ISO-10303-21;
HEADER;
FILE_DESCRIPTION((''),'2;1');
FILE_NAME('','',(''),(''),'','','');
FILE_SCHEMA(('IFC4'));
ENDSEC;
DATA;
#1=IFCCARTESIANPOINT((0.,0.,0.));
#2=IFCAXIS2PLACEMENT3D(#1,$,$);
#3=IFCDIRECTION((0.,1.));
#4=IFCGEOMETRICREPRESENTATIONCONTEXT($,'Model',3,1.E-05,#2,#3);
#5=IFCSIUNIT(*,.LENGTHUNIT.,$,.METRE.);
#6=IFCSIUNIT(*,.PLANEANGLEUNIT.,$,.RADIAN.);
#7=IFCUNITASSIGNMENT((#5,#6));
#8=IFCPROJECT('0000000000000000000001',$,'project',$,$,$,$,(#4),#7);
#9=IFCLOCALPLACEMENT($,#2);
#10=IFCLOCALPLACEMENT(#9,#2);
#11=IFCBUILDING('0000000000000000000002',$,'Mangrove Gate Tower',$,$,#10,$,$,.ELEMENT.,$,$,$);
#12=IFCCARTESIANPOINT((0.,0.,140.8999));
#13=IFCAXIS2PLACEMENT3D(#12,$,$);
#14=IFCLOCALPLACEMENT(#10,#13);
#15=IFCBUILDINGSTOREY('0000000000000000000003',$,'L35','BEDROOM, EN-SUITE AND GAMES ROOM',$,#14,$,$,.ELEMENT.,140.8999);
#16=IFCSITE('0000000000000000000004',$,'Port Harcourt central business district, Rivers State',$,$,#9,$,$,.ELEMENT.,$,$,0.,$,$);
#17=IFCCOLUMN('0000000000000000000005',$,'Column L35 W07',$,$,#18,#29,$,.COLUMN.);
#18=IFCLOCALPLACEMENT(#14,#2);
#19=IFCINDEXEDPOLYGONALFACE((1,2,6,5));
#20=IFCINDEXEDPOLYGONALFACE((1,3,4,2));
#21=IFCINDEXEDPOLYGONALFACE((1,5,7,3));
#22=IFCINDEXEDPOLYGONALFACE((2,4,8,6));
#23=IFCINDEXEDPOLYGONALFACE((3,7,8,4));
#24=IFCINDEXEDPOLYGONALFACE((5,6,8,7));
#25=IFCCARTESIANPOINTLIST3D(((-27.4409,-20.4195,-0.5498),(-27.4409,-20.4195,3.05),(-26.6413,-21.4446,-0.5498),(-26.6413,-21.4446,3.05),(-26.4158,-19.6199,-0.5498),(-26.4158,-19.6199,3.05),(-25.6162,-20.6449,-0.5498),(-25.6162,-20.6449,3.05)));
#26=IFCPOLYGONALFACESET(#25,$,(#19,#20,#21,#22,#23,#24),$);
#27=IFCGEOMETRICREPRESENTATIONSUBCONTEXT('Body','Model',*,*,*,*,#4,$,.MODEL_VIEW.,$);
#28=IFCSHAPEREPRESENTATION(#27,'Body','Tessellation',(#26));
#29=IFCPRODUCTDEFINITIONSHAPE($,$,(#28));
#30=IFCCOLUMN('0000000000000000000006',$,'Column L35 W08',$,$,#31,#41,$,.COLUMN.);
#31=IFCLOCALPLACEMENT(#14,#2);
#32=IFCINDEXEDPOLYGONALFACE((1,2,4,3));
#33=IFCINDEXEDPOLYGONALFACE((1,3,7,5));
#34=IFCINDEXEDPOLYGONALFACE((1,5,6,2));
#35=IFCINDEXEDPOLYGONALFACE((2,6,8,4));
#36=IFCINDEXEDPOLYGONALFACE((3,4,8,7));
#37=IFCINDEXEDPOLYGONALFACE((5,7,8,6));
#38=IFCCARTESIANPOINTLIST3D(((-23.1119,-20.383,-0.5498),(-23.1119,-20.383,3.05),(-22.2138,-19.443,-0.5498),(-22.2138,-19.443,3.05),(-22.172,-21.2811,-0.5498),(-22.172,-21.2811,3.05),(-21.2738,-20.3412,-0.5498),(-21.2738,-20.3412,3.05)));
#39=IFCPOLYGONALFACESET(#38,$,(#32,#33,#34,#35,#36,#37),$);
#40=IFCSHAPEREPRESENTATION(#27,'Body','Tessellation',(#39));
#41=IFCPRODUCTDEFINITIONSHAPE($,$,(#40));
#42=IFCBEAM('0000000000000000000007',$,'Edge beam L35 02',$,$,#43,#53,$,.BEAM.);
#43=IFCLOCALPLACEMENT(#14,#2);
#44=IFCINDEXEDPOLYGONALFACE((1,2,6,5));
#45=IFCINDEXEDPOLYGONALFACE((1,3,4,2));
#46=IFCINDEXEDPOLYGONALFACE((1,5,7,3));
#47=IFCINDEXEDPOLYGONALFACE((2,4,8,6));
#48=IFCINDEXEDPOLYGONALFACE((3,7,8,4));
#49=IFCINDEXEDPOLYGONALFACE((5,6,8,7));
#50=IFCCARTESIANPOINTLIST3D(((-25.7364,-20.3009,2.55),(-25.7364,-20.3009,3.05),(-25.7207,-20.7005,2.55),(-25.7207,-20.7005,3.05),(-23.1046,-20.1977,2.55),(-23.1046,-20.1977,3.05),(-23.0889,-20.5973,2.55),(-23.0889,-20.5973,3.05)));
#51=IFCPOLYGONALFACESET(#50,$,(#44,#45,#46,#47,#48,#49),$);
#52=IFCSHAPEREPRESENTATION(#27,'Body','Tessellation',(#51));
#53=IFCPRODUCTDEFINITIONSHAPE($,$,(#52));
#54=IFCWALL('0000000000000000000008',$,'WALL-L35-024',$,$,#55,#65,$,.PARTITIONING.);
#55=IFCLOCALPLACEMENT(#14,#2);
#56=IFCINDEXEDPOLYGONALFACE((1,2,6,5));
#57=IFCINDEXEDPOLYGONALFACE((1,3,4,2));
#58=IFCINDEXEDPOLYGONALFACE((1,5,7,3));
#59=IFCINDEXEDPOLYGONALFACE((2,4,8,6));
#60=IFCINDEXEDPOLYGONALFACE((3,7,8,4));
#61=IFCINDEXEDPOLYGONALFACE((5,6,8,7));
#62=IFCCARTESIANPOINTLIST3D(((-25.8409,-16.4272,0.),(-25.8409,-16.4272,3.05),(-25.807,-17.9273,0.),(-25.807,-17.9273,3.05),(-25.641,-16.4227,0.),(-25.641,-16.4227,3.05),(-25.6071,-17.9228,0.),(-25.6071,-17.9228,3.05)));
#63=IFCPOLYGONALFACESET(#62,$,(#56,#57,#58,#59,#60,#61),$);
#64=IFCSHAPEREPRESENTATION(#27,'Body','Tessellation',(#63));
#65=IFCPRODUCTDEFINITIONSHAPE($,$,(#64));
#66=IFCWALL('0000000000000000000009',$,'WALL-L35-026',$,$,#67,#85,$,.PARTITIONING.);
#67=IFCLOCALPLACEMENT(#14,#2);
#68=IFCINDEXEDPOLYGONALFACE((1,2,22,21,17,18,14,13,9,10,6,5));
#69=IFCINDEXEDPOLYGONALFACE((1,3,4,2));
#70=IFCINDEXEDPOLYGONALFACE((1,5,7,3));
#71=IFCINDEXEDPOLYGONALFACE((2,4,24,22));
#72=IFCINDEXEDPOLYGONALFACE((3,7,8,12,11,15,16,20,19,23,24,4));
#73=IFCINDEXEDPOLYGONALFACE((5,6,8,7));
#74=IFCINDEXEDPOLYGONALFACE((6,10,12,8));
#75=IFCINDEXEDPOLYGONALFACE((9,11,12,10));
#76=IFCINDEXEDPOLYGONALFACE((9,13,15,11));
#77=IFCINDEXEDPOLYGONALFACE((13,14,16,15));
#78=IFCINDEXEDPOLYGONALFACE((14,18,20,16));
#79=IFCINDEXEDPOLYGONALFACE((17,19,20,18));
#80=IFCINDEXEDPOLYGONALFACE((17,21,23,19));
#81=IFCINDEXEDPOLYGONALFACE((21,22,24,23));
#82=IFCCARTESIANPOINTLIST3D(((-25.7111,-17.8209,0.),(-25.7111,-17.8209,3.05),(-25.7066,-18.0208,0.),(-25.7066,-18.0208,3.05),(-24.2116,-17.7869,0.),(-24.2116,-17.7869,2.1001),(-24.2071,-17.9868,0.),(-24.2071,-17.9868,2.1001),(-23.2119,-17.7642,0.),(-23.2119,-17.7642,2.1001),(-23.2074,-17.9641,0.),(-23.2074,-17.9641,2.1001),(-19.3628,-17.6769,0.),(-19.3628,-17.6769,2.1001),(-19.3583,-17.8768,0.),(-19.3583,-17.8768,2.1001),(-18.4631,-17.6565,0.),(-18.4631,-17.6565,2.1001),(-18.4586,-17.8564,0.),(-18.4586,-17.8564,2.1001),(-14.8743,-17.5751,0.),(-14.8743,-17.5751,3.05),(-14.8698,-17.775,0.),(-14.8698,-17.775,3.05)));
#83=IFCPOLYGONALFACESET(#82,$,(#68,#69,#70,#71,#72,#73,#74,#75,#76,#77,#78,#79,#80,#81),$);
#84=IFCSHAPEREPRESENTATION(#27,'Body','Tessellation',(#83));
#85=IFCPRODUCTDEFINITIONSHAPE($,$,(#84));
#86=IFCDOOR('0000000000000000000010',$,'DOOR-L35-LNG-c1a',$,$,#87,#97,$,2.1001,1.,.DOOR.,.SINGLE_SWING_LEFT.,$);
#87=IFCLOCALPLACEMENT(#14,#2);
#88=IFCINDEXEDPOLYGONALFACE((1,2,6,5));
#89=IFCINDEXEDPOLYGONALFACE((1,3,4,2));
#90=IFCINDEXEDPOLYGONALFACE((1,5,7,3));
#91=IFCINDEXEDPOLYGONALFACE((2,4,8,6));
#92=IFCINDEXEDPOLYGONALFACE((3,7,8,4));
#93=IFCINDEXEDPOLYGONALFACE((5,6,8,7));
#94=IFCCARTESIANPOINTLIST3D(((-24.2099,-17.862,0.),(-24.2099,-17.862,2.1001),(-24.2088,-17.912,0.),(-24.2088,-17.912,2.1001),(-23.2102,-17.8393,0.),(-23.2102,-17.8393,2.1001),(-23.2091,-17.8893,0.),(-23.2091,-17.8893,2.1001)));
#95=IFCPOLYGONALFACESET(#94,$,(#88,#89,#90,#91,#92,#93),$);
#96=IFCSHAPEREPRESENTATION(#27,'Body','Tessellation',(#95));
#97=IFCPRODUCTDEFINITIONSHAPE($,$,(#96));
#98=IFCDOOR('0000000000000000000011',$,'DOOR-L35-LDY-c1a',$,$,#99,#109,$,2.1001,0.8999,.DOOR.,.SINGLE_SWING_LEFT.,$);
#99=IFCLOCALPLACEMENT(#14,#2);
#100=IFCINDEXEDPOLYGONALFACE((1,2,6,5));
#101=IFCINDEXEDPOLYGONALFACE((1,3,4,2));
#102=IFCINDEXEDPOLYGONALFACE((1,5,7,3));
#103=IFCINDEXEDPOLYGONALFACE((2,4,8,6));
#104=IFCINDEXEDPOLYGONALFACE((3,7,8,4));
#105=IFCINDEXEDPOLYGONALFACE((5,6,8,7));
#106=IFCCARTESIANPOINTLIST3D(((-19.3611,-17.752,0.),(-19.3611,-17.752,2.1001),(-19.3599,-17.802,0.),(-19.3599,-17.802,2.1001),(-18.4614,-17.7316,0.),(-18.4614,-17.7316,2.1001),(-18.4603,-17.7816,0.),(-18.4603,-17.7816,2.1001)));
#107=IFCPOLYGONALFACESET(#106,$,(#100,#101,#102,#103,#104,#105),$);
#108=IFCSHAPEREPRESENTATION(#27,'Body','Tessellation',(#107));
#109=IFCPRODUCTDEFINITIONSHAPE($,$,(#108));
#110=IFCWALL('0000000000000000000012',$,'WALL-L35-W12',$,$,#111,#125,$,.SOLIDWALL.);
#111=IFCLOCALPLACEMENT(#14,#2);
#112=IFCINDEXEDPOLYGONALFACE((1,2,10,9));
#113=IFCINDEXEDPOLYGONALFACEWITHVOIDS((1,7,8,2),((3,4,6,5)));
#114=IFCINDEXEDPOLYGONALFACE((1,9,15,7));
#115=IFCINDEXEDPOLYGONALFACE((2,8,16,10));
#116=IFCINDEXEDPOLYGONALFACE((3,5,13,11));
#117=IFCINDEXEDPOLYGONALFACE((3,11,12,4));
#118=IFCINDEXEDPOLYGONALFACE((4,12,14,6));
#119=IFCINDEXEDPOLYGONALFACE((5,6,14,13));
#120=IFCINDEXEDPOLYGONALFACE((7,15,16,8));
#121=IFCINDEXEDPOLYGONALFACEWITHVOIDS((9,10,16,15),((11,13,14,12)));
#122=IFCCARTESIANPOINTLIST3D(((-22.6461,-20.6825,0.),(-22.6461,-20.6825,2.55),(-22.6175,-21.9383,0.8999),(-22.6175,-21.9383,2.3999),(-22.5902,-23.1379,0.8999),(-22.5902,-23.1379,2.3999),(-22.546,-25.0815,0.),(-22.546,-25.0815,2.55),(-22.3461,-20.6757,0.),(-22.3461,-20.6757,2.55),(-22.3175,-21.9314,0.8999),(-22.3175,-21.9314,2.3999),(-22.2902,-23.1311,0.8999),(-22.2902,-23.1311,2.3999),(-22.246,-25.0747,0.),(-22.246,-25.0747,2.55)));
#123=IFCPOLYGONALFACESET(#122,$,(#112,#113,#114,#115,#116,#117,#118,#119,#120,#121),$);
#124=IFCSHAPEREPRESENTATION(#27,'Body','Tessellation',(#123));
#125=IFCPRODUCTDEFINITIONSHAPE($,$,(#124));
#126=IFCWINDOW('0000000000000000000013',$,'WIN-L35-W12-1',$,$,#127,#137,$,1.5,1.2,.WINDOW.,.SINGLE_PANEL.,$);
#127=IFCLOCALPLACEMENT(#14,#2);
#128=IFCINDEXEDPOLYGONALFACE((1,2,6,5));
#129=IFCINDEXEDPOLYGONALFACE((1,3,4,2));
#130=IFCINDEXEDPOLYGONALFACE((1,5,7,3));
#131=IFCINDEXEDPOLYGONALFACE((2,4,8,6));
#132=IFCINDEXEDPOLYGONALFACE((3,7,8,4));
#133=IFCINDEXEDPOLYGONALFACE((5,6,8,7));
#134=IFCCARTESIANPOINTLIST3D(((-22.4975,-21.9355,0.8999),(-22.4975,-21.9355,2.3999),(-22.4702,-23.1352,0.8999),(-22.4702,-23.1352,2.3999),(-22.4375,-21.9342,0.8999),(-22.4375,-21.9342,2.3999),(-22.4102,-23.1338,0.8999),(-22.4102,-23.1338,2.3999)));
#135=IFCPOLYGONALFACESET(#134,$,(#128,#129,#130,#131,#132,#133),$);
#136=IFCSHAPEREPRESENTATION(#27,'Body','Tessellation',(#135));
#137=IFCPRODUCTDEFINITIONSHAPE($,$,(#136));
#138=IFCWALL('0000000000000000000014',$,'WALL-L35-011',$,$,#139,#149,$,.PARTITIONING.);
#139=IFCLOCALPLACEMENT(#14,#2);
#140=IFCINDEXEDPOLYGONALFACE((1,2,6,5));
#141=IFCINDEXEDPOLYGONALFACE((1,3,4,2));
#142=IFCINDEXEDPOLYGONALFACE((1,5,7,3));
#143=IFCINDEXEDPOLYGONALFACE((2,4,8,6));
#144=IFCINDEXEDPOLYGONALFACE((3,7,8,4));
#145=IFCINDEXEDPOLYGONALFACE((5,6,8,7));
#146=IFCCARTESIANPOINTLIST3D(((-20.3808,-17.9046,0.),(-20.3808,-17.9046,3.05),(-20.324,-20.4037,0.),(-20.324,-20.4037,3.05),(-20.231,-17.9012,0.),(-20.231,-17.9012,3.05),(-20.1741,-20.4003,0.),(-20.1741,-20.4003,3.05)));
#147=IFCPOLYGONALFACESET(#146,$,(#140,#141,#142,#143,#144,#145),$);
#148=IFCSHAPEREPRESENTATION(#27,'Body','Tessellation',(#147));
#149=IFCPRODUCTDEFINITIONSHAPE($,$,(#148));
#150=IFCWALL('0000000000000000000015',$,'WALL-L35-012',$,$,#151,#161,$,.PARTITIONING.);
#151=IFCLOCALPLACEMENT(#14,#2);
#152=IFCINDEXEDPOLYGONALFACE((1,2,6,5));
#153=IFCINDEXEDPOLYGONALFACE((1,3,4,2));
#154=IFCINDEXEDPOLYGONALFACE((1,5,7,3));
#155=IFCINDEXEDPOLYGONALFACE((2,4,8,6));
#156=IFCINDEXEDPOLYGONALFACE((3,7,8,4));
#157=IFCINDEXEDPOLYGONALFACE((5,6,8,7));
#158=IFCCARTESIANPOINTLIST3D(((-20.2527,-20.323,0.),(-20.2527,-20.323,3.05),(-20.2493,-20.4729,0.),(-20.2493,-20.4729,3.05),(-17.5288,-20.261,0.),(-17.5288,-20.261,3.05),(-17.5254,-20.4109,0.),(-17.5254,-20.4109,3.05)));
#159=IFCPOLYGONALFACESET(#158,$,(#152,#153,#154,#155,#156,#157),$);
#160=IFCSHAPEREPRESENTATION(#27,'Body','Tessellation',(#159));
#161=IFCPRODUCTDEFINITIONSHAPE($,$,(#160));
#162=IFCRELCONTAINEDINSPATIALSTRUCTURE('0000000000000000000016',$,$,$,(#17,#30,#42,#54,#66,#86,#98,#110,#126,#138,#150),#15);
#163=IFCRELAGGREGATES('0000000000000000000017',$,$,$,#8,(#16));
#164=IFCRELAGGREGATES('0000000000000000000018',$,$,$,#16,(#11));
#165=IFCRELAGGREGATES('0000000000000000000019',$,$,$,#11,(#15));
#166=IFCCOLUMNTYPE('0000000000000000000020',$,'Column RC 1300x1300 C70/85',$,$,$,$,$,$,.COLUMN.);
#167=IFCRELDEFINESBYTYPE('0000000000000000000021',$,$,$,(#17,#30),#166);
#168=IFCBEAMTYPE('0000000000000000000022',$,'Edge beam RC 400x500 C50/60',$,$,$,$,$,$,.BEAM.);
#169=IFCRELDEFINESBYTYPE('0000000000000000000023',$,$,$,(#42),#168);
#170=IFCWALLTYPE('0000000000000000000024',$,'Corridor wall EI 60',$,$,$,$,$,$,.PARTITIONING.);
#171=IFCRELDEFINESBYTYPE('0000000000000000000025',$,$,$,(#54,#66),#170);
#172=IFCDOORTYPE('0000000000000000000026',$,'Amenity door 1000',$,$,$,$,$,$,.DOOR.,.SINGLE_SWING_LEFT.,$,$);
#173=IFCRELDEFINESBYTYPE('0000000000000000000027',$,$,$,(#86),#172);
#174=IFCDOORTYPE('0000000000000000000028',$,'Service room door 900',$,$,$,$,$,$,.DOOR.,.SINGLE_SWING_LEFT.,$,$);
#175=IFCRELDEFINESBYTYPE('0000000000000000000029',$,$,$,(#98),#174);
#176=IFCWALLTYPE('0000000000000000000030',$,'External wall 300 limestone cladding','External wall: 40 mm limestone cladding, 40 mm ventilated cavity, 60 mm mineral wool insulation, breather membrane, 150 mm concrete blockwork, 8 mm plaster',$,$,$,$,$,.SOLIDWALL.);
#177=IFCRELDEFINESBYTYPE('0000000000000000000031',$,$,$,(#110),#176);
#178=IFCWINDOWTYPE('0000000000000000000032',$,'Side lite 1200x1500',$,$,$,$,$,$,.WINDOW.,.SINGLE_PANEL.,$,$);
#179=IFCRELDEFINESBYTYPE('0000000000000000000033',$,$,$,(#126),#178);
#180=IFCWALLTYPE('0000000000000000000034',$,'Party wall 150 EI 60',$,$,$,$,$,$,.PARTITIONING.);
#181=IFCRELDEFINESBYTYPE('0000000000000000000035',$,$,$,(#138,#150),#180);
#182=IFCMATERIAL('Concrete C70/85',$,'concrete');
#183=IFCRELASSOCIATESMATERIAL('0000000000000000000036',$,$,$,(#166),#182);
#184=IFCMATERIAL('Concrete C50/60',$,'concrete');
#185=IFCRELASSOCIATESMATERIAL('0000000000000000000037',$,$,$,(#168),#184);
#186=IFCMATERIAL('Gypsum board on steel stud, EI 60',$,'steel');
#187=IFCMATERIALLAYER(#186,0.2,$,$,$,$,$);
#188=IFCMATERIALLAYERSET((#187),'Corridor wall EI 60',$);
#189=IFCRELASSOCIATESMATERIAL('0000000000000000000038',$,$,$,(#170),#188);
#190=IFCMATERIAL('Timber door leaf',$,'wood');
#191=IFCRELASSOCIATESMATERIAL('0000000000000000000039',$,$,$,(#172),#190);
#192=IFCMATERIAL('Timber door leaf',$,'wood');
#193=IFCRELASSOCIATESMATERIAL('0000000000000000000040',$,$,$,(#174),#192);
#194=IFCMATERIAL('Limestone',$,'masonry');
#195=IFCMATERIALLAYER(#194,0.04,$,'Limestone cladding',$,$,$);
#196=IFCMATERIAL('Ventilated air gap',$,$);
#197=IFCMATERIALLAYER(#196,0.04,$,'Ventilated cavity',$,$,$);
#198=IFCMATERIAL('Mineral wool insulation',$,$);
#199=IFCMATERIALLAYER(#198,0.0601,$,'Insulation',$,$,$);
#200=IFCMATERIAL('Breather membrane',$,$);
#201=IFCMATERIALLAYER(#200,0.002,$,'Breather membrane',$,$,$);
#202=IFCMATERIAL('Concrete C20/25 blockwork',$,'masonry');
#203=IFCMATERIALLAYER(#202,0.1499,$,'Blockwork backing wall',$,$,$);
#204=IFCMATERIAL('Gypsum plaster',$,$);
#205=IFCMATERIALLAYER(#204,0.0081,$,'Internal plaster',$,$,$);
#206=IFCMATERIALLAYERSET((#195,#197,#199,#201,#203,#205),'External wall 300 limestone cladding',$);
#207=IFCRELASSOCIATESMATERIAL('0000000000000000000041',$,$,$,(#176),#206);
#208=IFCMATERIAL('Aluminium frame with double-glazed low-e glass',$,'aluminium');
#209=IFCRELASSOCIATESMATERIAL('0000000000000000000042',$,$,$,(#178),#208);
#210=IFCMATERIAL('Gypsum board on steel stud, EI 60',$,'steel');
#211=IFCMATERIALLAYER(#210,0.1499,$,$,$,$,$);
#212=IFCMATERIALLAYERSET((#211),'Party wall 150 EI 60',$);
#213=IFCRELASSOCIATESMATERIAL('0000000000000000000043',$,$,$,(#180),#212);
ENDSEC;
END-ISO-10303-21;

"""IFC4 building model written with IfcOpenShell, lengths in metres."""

from ifc_helpers import new_model, si_unit, direction, frame, frame_2d, origin, origin_2d, place, context, subcontext, project, spatial, rectangle, extrude, material, layer, layer_set, material_profile, profile_set, type_object, element, fill, save


model = new_model("IFC4")

# Units and contexts
model_context = context("Model", 3, precision=1e-05, world=origin(), true_north=direction((0.0, 1.0)))
body_context = subcontext(model_context, "Body", "Model", "MODEL_VIEW")
ifc_project = project(units=[si_unit("LENGTHUNIT", "METRE"), si_unit("PLANEANGLEUNIT", "RADIAN")], contexts=[model_context])

# Site, building, storey
site_placement = place(None, origin())
site = spatial("IfcSite", under=ifc_project, at=site_placement, Name="Port Harcourt central business district, Rivers State", CompositionType="ELEMENT", RefElevation=0.0)
building_placement = place(site_placement, origin())
building = spatial("IfcBuilding", under=site, at=building_placement, Name="Mangrove Gate Tower", CompositionType="ELEMENT")
storey_placement = place(building_placement, frame((0.0, 0.0, 140.8999)))
storey = spatial("IfcBuildingStorey", under=building, at=storey_placement, Name="L35", Description="BEDROOM, EN-SUITE AND GAMES ROOM", CompositionType="ELEMENT", Elevation=140.8999)

# Columns
ifc_material_1 = material(Name="Concrete C70/85", Category="concrete")
ifc_material_profile_1 = material_profile(ifc_material_1, rectangle(XDim=1.3, YDim=1.3, at=origin_2d()))
ifc_profile_set_1 = profile_set([ifc_material_profile_1], Name="Concrete C70/85")
column_type = type_object("IfcColumnType", Name="Column RC 1300x1300 C70/85", PredefinedType="COLUMN", material=ifc_profile_set_1)
for number, where, z_axis, x_axis, name in (
    (1, (-26.5286, -20.5322, -0.5498), (0.0, 0.0, 1.0), (0.615067, -0.788475, 0.0), "Column L35 W07"),
    (2, (-22.1929, -20.3621, -0.5498), (0.0, 0.0, 1.0), (0.722994, -0.690854, 0.0), "Column L35 W08"),
):
    element("IfcColumn", number, at=place(storey_placement, frame(where, z_axis=z_axis, x_axis=x_axis)), inside=storey, type_object=column_type, Name=name, PredefinedType="COLUMN", context=body_context, shape_type="SweptSolid", body=[
        extrude(rectangle(XDim=1.3, YDim=1.3, at=origin_2d()), origin(), (0.0, 0.0, 1.0), 3.5999),
    ])

# Beam
ifc_material_2 = material(Name="Concrete C50/60", Category="concrete")
ifc_material_profile_2 = material_profile(ifc_material_2, rectangle(XDim=0.3999, YDim=0.5, at=origin_2d()))
ifc_profile_set_2 = profile_set([ifc_material_profile_2], Name="Concrete C50/60")
beam_type = type_object("IfcBeamType", Name="Edge beam RC 400x500 C50/60", PredefinedType="BEAM", material=ifc_profile_set_2)
beam_placement = place(storey_placement, frame((-25.7285, -20.5007, 2.8), z_axis=(0.999231, 0.039209, 0.0), x_axis=(-0.039209, 0.999231, 0.0)))
element("IfcBeam", 3, at=beam_placement, inside=storey, type_object=beam_type, Name="Edge beam L35 02", PredefinedType="BEAM", context=body_context, shape_type="SweptSolid", body=[
    extrude(rectangle(XDim=0.3999, YDim=0.5, at=origin_2d()), origin(), (0.0, 0.0, 1.0), 2.6338),
])

# Wall
ifc_material_3 = material(Name="Gypsum board on steel stud, EI 60", Category="steel")
ifc_layer_1 = layer(ifc_material_3, 0.2)
ifc_layer_set_1 = layer_set([ifc_layer_1], Name="Corridor wall EI 60")
wall_type_1 = type_object("IfcWallType", Name="Corridor wall EI 60", PredefinedType="PARTITIONING", material=ifc_layer_set_1)
wall_1_placement = place(storey_placement, frame((-25.707, -17.925, 0.0), z_axis=(0.0, 0.0, 1.0), x_axis=(-0.022618, 0.999744, 0.0)))
element("IfcWall", 4, at=wall_1_placement, inside=storey, type_object=wall_type_1, Name="WALL-L35-024", PredefinedType="PARTITIONING", context=body_context, shape_type="SweptSolid", body=[
    extrude(rectangle(XDim=1.5005, YDim=0.2, at=frame_2d((0.7502, 0.0))), origin(), (0.0, 0.0, 1.0), 3.05),
])

# Wall, openings, doors
wall_2_placement = place(storey_placement, frame((-25.709, -17.9209, 0.0), z_axis=(0.0, 0.0, 1.0), x_axis=(0.999743, 0.02268, 0.0)))
wall_2 = element("IfcWall", 5, at=wall_2_placement, inside=storey, type_object=wall_type_1, Name="WALL-L35-026", PredefinedType="PARTITIONING", context=body_context, shape_type="SweptSolid", body=[
    extrude(rectangle(XDim=10.8396, YDim=0.2, at=frame_2d((5.4199, 0.0))), origin(), (0.0, 0.0, 1.0), 3.05),
])
opening_1_placement = place(wall_2_placement, frame((1.5, 0.0, 0.0)))
opening_1 = element("IfcOpeningElement", 6, at=opening_1_placement, cuts=wall_2, PredefinedType="OPENING", context=body_context, shape_type="SweptSolid", body=[
    extrude(rectangle(XDim=1.0, YDim=2.1001, at=frame_2d((0.5, 1.05))), frame((0.0, 0.1099, 0.0), z_axis=(0.0, -1.0, 0.0), x_axis=(1.0, 0.0, 0.0)), (0.0, 0.0, 1.0), 0.22),
])
opening_2_placement = place(wall_2_placement, frame((6.3501, 0.0, 0.0)))
opening_2 = element("IfcOpeningElement", 7, at=opening_2_placement, cuts=wall_2, PredefinedType="OPENING", context=body_context, shape_type="SweptSolid", body=[
    extrude(rectangle(XDim=0.8999, YDim=2.1001, at=frame_2d((0.45, 1.05))), frame((0.0, 0.1099, 0.0), z_axis=(0.0, -1.0, 0.0), x_axis=(1.0, 0.0, 0.0)), (0.0, 0.0, 1.0), 0.22),
])
ifc_material_4 = material(Name="Timber door leaf", Category="wood")
door_type_1 = type_object("IfcDoorType", Name="Amenity door 1000", OperationType="SINGLE_SWING_LEFT", PredefinedType="DOOR", material=ifc_material_4)
door_1_placement = place(opening_1_placement, origin())
door_1 = element("IfcDoor", 8, at=door_1_placement, inside=storey, type_object=door_type_1, Name="DOOR-L35-LNG-c1a", OperationType="SINGLE_SWING_LEFT", OverallHeight=2.1001, OverallWidth=1.0, PredefinedType="DOOR", context=body_context, shape_type="SweptSolid", body=[
    extrude(rectangle(XDim=1.0, YDim=2.1001, at=frame_2d((0.5, 1.05))), frame((0.0, 0.0249, 0.0), z_axis=(0.0, -1.0, 0.0), x_axis=(1.0, 0.0, 0.0)), (0.0, 0.0, 1.0), 0.05),
])
fill(opening_1, door_1)
ifc_material_5 = material(Name="Timber door leaf", Category="wood")
door_type_2 = type_object("IfcDoorType", Name="Service room door 900", OperationType="SINGLE_SWING_LEFT", PredefinedType="DOOR", material=ifc_material_5)
door_2_placement = place(opening_2_placement, origin())
door_2 = element("IfcDoor", 9, at=door_2_placement, inside=storey, type_object=door_type_2, Name="DOOR-L35-LDY-c1a", OperationType="SINGLE_SWING_LEFT", OverallHeight=2.1001, OverallWidth=0.8999, PredefinedType="DOOR", context=body_context, shape_type="SweptSolid", body=[
    extrude(rectangle(XDim=0.8999, YDim=2.1001, at=frame_2d((0.45, 1.05))), frame((0.0, 0.0249, 0.0), z_axis=(0.0, -1.0, 0.0), x_axis=(1.0, 0.0, 0.0)), (0.0, 0.0, 1.0), 0.05),
])
fill(opening_2, door_2)

# Wall, opening, window
ifc_material_6 = material(Name="Limestone", Category="masonry")
ifc_layer_2 = layer(ifc_material_6, 0.04, Name="Limestone cladding")
ifc_material_7 = material(Name="Ventilated air gap")
ifc_layer_3 = layer(ifc_material_7, 0.04, Name="Ventilated cavity")
ifc_material_8 = material(Name="Mineral wool insulation")
ifc_layer_4 = layer(ifc_material_8, 0.0601, Name="Insulation")
ifc_material_9 = material(Name="Breather membrane")
ifc_layer_5 = layer(ifc_material_9, 0.002, Name="Breather membrane")
ifc_material_10 = material(Name="Concrete C20/25 blockwork", Category="masonry")
ifc_layer_6 = layer(ifc_material_10, 0.1499, Name="Blockwork backing wall")
ifc_material_11 = material(Name="Gypsum plaster")
ifc_layer_7 = layer(ifc_material_11, 0.0081, Name="Internal plaster")
ifc_layer_set_2 = layer_set([ifc_layer_2, ifc_layer_3, ifc_layer_4, ifc_layer_5, ifc_layer_6, ifc_layer_7], Name="External wall 300 limestone cladding")
wall_type_2 = type_object("IfcWallType", Name="External wall 300 limestone cladding", Description="External wall: 40 mm limestone cladding, 40 mm ventilated cavity, 60 mm mineral wool insulation, breather membrane, 150 mm concrete blockwork, 8 mm plaster", PredefinedType="SOLIDWALL", material=ifc_layer_set_2)
wall_3_placement = place(storey_placement, frame((-22.4961, -20.679, 0.0), z_axis=(0.0, 0.0, 1.0), x_axis=(0.022749, -0.999741, 0.0)))
wall_3 = element("IfcWall", 10, at=wall_3_placement, inside=storey, type_object=wall_type_2, Name="WALL-L35-W12", PredefinedType="SOLIDWALL", context=body_context, shape_type="SweptSolid", body=[
    extrude(rectangle(XDim=4.4001, YDim=0.3, at=frame_2d((2.2002, 0.0))), origin(), (0.0, 0.0, 1.0), 2.55),
])
opening_3_placement = place(wall_3_placement, frame((1.2561, 0.0, 0.8999)))
opening_3 = element("IfcOpeningElement", 11, at=opening_3_placement, cuts=wall_3, PredefinedType="OPENING", context=body_context, shape_type="SweptSolid", body=[
    extrude(rectangle(XDim=1.2, YDim=1.5, at=frame_2d((0.6001, 0.75))), frame((0.0, 0.1599, 0.0), z_axis=(0.0, -1.0, 0.0), x_axis=(1.0, 0.0, 0.0)), (0.0, 0.0, 1.0), 0.3201),
])
ifc_material_12 = material(Name="Aluminium frame with double-glazed low-e glass", Category="aluminium")
window_type = type_object("IfcWindowType", Name="Side lite 1200x1500", PartitioningType="SINGLE_PANEL", PredefinedType="WINDOW", material=ifc_material_12)
window_placement = place(opening_3_placement, origin())
window = element("IfcWindow", 12, at=window_placement, inside=storey, type_object=window_type, Name="WIN-L35-W12-1", OverallHeight=1.5, OverallWidth=1.2, PartitioningType="SINGLE_PANEL", PredefinedType="WINDOW", context=body_context, shape_type="SweptSolid", body=[
    extrude(rectangle(XDim=1.2, YDim=1.5, at=frame_2d((0.6001, 0.75))), frame((0.0, 0.03, 0.0), z_axis=(0.0, -1.0, 0.0), x_axis=(1.0, 0.0, 0.0)), (0.0, 0.0, 1.0), 0.0601),
])
fill(opening_3, window)

# Walls
ifc_material_13 = material(Name="Gypsum board on steel stud, EI 60", Category="steel")
ifc_layer_8 = layer(ifc_material_13, 0.1499)
ifc_layer_set_3 = layer_set([ifc_layer_8], Name="Party wall 150 EI 60")
wall_type_3 = type_object("IfcWallType", Name="Party wall 150 EI 60", PredefinedType="PARTITIONING", material=ifc_layer_set_3)
wall_4_placement = place(storey_placement, frame((-20.249, -20.4021, 0.0), z_axis=(0.0, 0.0, 1.0), x_axis=(-0.022757, 0.999741, 0.0)))
element("IfcWall", 13, at=wall_4_placement, inside=storey, type_object=wall_type_3, Name="WALL-L35-011", PredefinedType="PARTITIONING", context=body_context, shape_type="SweptSolid", body=[
    extrude(rectangle(XDim=2.4998, YDim=0.1499, at=frame_2d((1.25, 0.0))), origin(), (0.0, 0.0, 1.0), 3.05),
])
wall_5_placement = place(storey_placement, frame((-20.251, -20.3979, 0.0), z_axis=(0.0, 0.0, 1.0), x_axis=(0.999741, 0.02276, 0.0)))
element("IfcWall", 14, at=wall_5_placement, inside=storey, type_object=wall_type_3, Name="WALL-L35-012", PredefinedType="PARTITIONING", context=body_context, shape_type="SweptSolid", body=[
    extrude(rectangle(XDim=2.7246, YDim=0.1499, at=frame_2d((1.3623, 0.0))), origin(), (0.0, 0.0, 1.0), 3.05),
])

save(model, "model.ifc")
